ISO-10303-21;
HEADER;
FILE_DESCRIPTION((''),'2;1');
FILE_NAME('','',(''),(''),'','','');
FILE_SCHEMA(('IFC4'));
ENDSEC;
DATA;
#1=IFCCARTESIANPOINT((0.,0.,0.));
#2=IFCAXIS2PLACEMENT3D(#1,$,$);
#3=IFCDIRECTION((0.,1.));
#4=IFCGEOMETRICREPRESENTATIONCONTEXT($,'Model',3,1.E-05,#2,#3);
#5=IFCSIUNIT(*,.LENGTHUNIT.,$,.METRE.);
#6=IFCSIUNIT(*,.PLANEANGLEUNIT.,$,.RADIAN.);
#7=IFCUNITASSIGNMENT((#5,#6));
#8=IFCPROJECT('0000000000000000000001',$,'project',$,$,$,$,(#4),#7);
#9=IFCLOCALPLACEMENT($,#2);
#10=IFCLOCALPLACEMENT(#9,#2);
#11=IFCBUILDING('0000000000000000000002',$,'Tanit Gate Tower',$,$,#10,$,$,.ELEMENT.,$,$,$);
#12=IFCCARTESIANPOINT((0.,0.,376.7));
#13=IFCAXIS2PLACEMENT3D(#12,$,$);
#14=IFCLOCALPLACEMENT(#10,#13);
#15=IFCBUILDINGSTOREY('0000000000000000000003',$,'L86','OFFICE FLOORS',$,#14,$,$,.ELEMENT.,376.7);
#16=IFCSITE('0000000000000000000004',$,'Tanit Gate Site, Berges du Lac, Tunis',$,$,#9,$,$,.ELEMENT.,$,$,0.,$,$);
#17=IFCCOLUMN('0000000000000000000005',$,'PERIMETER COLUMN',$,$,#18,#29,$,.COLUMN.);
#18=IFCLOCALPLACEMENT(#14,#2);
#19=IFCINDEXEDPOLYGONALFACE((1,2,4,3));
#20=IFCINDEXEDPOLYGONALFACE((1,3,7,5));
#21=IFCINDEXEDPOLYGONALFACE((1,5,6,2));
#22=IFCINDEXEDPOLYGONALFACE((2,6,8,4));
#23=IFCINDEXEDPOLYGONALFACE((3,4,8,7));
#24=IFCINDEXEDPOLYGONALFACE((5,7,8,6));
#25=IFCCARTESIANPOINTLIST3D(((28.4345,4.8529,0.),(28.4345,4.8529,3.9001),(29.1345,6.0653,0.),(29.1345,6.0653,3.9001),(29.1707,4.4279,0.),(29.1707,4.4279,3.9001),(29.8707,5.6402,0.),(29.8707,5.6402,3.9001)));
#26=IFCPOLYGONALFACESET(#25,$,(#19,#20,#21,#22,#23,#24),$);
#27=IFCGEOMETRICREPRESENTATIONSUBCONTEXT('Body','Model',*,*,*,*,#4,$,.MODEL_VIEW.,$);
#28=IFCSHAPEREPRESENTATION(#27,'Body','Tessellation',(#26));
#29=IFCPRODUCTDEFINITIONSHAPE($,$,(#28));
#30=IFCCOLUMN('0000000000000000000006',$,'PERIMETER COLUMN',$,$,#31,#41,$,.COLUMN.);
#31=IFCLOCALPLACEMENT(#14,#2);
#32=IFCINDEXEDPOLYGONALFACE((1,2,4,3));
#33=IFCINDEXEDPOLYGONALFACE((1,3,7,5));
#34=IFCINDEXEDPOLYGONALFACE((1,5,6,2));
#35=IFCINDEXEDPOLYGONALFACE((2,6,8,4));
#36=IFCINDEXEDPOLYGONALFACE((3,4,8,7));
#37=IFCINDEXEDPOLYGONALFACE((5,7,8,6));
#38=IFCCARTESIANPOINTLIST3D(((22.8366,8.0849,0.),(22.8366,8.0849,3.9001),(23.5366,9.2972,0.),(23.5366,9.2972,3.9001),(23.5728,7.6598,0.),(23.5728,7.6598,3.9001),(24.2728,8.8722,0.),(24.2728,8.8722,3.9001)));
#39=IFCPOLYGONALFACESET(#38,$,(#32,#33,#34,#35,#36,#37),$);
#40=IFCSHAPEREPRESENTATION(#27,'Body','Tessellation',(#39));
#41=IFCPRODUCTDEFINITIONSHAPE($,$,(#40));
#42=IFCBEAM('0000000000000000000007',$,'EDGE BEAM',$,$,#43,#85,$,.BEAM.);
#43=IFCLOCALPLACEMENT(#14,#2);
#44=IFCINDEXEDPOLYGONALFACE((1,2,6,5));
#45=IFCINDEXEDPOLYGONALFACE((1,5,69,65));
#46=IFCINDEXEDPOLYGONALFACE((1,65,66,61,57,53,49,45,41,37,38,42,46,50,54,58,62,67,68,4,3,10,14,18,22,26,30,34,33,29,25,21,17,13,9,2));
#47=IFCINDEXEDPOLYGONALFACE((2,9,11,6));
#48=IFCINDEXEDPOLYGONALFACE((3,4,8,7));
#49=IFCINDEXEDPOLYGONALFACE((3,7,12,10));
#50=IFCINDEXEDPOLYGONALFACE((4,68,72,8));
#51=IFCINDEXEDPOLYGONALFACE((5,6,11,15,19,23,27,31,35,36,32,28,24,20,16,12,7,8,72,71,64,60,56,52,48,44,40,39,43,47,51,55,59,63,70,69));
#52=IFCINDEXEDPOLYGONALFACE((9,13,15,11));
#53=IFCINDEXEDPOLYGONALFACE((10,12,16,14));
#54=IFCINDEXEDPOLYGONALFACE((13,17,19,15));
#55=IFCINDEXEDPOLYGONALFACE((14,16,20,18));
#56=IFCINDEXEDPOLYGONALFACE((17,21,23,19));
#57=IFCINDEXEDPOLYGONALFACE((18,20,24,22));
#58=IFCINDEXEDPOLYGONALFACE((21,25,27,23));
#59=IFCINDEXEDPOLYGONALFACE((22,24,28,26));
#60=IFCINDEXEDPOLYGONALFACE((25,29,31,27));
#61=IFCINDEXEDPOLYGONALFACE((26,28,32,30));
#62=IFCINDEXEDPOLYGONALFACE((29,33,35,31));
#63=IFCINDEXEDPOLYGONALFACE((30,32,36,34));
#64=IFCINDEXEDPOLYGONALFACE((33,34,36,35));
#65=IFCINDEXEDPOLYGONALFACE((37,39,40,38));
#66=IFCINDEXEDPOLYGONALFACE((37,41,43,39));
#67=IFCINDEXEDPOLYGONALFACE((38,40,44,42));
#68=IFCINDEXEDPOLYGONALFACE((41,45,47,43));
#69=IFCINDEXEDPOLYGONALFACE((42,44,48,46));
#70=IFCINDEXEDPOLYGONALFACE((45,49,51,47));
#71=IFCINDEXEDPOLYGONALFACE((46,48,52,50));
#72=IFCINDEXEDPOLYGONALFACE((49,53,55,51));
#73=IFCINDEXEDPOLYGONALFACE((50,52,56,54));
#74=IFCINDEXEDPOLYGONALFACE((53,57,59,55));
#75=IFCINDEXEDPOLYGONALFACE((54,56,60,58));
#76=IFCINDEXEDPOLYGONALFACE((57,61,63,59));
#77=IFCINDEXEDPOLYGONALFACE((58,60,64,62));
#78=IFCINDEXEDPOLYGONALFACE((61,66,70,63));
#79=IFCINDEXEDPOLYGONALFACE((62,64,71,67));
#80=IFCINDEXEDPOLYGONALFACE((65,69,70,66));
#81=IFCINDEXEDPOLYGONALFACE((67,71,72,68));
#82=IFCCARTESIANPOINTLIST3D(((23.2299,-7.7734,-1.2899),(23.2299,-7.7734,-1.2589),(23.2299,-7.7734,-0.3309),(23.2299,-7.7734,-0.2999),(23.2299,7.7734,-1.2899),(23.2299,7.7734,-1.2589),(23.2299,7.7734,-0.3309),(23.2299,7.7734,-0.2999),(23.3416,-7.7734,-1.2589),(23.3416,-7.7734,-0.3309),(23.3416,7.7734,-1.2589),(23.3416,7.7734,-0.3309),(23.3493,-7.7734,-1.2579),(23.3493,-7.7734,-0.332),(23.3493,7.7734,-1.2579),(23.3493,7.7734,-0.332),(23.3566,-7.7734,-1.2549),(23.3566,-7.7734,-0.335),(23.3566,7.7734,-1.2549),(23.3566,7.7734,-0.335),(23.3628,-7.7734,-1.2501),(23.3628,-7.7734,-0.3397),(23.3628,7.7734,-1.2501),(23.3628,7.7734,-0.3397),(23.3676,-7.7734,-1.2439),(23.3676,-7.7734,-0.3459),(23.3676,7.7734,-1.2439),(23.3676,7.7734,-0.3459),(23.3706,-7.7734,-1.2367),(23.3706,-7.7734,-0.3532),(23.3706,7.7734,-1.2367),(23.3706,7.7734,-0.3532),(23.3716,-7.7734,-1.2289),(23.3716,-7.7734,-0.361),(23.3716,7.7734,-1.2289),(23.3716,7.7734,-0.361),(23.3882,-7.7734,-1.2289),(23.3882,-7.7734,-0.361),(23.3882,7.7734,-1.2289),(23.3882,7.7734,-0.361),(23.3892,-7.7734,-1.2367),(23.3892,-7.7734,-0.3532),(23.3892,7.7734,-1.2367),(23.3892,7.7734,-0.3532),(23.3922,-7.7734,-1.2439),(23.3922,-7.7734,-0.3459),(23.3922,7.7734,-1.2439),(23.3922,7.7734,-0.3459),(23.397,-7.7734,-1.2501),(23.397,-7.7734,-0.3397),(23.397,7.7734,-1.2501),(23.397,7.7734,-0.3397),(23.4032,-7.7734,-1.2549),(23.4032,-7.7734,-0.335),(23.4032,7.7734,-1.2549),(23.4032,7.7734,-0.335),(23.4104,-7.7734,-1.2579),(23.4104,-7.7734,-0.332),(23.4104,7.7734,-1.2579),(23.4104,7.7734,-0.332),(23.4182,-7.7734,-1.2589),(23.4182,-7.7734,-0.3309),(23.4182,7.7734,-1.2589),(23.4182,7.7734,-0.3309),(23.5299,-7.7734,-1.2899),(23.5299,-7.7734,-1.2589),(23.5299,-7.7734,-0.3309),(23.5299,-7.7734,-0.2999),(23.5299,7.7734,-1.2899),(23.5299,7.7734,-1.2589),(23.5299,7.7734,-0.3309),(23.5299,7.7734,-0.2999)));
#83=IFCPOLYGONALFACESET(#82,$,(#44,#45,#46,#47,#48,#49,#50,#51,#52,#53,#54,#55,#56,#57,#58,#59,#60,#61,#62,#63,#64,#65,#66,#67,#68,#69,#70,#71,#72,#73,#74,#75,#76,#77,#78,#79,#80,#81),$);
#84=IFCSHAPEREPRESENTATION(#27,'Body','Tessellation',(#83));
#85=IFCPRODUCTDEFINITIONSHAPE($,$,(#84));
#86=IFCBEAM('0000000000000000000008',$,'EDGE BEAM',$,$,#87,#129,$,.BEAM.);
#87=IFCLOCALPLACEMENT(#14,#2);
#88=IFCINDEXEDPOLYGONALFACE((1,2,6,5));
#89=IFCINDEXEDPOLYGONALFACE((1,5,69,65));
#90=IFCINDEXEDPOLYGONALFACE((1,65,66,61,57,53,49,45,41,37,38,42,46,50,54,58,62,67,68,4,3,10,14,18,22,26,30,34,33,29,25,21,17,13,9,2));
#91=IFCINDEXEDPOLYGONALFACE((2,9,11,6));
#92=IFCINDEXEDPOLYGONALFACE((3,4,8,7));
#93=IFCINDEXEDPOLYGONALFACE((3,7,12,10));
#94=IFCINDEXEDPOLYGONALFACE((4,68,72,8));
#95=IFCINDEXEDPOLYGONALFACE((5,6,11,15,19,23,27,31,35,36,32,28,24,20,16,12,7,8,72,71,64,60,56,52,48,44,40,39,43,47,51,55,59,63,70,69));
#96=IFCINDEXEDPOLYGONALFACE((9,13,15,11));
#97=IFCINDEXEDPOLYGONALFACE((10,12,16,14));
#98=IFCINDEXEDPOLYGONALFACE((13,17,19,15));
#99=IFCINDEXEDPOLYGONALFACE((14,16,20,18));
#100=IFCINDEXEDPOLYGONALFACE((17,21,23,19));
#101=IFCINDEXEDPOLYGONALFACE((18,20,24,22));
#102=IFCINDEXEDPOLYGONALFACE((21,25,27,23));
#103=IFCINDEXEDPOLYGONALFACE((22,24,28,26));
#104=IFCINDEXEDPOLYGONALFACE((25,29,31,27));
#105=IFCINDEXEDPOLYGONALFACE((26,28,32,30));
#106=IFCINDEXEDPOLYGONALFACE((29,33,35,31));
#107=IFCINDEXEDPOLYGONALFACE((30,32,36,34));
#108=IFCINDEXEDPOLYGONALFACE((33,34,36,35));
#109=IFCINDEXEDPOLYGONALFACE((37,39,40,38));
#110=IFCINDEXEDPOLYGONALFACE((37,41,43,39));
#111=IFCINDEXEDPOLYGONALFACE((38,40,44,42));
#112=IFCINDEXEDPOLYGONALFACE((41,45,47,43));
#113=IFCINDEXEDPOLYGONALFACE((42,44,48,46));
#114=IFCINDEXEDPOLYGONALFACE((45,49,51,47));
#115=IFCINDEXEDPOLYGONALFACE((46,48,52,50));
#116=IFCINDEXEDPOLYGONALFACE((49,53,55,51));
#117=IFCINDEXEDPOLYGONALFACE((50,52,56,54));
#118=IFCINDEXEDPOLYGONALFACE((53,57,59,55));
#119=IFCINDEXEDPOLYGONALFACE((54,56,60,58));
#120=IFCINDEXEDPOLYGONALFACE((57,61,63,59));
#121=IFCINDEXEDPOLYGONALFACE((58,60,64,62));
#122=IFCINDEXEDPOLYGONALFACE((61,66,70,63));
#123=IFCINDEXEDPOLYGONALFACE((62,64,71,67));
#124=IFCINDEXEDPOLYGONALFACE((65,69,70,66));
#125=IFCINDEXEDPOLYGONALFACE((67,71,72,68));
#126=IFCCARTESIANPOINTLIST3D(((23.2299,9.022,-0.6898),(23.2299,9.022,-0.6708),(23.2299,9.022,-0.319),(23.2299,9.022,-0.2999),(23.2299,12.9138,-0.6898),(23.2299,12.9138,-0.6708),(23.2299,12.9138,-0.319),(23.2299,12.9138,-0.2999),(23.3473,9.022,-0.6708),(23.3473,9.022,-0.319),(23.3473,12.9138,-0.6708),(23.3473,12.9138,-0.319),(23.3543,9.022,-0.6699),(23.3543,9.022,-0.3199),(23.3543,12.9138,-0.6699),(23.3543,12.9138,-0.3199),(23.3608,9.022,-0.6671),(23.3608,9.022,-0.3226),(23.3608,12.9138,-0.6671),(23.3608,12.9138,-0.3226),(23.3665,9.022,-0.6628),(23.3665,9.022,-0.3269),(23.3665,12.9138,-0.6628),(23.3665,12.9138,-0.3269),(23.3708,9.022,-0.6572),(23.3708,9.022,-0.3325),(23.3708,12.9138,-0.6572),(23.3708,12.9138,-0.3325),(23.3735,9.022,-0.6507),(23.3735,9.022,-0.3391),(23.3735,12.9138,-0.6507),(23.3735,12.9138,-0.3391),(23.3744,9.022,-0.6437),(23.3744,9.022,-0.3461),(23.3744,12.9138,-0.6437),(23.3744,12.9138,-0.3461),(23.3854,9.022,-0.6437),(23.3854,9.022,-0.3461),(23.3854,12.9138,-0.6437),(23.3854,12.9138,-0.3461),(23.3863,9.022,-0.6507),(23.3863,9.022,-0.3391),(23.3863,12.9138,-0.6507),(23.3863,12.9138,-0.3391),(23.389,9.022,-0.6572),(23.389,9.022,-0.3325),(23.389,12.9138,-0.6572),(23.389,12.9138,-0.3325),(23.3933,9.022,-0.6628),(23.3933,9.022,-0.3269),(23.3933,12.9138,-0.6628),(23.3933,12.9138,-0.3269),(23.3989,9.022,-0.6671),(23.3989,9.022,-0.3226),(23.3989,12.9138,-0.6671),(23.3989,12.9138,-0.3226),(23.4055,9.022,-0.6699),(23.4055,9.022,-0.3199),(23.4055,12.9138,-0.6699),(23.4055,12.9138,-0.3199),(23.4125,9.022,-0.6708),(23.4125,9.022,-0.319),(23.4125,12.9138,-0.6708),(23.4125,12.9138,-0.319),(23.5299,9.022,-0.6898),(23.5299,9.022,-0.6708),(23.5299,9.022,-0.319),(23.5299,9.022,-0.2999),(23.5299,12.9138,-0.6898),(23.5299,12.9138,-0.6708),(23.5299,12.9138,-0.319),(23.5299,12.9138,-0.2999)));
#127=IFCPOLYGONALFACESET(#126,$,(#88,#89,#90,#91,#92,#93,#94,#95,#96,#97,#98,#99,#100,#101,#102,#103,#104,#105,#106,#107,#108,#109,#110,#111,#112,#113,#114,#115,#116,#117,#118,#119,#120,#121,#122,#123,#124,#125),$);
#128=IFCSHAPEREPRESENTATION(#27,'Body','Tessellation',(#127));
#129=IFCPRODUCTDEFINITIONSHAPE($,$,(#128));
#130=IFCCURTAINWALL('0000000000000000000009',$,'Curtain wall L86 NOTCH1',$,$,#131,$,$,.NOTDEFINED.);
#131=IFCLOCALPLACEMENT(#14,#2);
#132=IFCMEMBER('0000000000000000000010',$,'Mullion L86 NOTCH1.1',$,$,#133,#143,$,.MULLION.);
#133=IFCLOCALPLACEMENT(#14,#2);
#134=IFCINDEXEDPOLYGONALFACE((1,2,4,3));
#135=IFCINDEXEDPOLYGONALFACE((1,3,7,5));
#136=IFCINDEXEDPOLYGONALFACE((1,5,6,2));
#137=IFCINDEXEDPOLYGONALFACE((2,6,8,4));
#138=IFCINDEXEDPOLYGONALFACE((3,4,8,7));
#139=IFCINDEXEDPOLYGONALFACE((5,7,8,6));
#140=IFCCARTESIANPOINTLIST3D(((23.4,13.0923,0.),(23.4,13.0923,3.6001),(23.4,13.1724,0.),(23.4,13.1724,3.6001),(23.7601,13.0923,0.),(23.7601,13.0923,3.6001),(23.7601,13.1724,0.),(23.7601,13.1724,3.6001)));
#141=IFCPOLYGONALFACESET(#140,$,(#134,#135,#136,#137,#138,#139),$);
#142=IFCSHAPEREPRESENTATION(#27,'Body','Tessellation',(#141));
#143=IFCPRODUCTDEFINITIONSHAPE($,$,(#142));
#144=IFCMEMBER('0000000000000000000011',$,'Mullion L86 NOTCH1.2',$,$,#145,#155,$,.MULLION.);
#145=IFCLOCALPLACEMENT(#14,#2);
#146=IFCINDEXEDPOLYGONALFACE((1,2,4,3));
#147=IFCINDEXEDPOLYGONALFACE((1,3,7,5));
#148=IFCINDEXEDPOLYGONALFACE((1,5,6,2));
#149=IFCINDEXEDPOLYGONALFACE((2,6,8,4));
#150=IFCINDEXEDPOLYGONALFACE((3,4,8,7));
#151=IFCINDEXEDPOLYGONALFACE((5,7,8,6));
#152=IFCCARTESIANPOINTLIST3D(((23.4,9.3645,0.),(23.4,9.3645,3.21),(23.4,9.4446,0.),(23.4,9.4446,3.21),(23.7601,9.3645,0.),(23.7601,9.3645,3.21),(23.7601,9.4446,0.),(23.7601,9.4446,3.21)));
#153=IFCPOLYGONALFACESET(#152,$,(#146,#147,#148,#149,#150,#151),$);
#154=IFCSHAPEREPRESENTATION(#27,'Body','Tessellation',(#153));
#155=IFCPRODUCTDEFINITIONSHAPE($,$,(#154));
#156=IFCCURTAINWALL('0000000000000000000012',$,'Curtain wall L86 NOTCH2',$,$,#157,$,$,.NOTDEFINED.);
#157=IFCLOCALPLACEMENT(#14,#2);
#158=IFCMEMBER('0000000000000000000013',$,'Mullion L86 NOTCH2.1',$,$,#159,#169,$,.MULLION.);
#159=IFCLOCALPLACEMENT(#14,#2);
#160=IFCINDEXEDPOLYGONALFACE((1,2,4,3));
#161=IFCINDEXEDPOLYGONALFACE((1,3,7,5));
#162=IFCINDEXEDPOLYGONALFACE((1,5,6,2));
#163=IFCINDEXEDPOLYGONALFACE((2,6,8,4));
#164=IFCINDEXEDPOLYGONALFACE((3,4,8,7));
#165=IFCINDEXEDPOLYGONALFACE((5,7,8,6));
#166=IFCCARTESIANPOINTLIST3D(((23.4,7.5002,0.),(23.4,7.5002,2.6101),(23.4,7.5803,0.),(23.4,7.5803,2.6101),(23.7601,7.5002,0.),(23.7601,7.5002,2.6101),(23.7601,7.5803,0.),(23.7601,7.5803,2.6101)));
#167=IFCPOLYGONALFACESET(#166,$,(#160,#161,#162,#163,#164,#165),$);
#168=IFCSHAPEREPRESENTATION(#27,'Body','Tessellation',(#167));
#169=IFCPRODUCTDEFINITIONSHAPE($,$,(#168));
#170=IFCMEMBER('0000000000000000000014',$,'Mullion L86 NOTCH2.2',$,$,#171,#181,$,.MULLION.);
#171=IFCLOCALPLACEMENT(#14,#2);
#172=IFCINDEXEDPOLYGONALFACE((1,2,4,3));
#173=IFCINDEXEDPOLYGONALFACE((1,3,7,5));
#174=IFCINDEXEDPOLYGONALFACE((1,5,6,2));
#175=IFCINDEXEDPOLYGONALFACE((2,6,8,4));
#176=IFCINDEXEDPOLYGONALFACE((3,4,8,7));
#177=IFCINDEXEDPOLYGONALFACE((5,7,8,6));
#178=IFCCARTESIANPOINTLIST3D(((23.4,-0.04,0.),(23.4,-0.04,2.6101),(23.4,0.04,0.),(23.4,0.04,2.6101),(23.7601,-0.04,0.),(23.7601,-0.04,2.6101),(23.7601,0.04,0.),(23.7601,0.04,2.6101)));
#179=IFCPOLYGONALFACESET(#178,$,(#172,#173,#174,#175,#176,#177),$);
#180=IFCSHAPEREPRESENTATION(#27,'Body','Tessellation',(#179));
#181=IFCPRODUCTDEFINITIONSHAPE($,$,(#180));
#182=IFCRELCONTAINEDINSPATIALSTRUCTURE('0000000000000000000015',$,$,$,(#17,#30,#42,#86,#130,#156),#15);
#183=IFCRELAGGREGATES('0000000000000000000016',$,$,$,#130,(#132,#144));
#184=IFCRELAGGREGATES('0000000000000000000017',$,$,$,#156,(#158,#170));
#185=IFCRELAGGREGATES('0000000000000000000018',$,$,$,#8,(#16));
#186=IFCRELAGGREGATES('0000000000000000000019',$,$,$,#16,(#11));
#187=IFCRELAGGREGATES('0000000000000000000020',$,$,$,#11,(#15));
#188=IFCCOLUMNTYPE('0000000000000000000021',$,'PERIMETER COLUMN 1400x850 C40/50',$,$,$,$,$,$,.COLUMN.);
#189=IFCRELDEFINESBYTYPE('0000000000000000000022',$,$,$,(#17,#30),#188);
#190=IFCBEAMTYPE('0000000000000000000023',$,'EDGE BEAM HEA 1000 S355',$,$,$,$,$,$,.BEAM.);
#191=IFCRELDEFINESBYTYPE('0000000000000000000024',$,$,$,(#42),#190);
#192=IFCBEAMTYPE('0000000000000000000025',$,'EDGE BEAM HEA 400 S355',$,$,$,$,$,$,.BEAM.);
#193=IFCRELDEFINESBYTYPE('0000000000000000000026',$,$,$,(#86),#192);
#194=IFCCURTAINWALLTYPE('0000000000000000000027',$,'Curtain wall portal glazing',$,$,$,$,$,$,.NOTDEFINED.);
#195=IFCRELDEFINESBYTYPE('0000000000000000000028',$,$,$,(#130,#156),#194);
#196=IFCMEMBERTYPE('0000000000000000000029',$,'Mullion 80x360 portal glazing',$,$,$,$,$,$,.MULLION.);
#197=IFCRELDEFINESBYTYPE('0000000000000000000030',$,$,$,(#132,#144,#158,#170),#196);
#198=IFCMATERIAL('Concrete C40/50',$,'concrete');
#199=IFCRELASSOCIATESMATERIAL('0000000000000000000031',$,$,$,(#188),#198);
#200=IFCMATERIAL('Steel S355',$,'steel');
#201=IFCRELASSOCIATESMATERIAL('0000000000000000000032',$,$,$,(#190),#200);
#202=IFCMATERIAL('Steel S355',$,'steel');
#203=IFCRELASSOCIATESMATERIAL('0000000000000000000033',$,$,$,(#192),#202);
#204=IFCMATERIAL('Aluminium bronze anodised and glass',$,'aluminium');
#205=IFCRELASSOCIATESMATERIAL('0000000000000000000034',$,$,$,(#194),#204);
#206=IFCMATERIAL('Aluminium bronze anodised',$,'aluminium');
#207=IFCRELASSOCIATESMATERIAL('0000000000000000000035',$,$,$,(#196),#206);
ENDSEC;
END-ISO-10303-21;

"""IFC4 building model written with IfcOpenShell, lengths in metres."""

from ifc_helpers import new_model, si_unit, direction, frame, origin, origin_2d, place, context, subcontext, project, spatial, rectangle, i_section, extrude, material, material_profile, profile_set, type_object, element, aggregate, save


model = new_model("IFC4")

# Units and contexts
model_context = context("Model", 3, precision=1e-05, world=origin(), true_north=direction((0.0, 1.0)))
body_context = subcontext(model_context, "Body", "Model", "MODEL_VIEW")
ifc_project = project(units=[si_unit("LENGTHUNIT", "METRE"), si_unit("PLANEANGLEUNIT", "RADIAN")], contexts=[model_context])

# Site, building, storey
site_placement = place(None, origin())
site = spatial("IfcSite", under=ifc_project, at=site_placement, Name="Tanit Gate Site, Berges du Lac, Tunis", CompositionType="ELEMENT", RefElevation=0.0)
building_placement = place(site_placement, origin())
building = spatial("IfcBuilding", under=site, at=building_placement, Name="Tanit Gate Tower", CompositionType="ELEMENT")
storey_placement = place(building_placement, frame((0.0, 0.0, 376.7)))
storey = spatial("IfcBuildingStorey", under=building, at=storey_placement, Name="L86", Description="OFFICE FLOORS", CompositionType="ELEMENT", Elevation=376.7)

# Columns
ifc_material_1 = material(Name="Concrete C40/50", Category="concrete")
ifc_material_profile_1 = material_profile(ifc_material_1, rectangle(XDim=1.3999, YDim=0.8501, at=origin_2d()), Name="RC 1400x850")
ifc_profile_set_1 = profile_set([ifc_material_profile_1], Name="Concrete C40/50")
column_type = type_object("IfcColumnType", Name="PERIMETER COLUMN 1400x850 C40/50", PredefinedType="COLUMN", material=ifc_profile_set_1)
for number, where, z_axis, x_axis, name in (
    (1, (29.1526, 5.2466, 0.0), (0.0, 0.0, 1.0), (0.5, 0.866025, 0.0), "PERIMETER COLUMN"),
    (2, (23.5547, 8.4785, 0.0), (0.0, 0.0, 1.0), (0.5, 0.866025, 0.0), "PERIMETER COLUMN"),
):
    element("IfcColumn", number, at=place(storey_placement, frame(where, z_axis=z_axis, x_axis=x_axis)), inside=storey, type_object=column_type, Name=name, PredefinedType="COLUMN", context=body_context, shape_type="SweptSolid", body=[
        extrude(rectangle(XDim=1.3999, YDim=0.8501, at=origin_2d()), origin(), (0.0, 0.0, 1.0), 3.9001),
    ])

# Beams
ifc_material_2 = material(Name="Steel S355", Category="steel")
ifc_material_profile_2 = material_profile(ifc_material_2, i_section(OverallWidth=0.3, OverallDepth=0.99, WebThickness=0.0166, FlangeThickness=0.031, FilletRadius=0.03, at=origin_2d()), Name="HEA 1000")
ifc_profile_set_2 = profile_set([ifc_material_profile_2], Name="Steel S355")
beam_type_1 = type_object("IfcBeamType", Name="EDGE BEAM HEA 1000 S355", PredefinedType="BEAM", material=ifc_profile_set_2)
beam_1_placement = place(storey_placement, frame((23.3799, 7.7734, -0.7949), z_axis=(0.0, -1.0, 0.0), x_axis=(1.0, 0.0, 0.0)))
element("IfcBeam", 3, at=beam_1_placement, inside=storey, type_object=beam_type_1, Name="EDGE BEAM", PredefinedType="BEAM", context=body_context, shape_type="SweptSolid", body=[
    extrude(i_section(OverallWidth=0.3, OverallDepth=0.99, WebThickness=0.0166, FlangeThickness=0.031, FilletRadius=0.03, at=origin_2d()), origin(), (0.0, 0.0, 1.0), 15.5469),
])
ifc_material_3 = material(Name="Steel S355", Category="steel")
ifc_material_profile_3 = material_profile(ifc_material_3, i_section(OverallWidth=0.3, OverallDepth=0.3899, WebThickness=0.011, FlangeThickness=0.019, FilletRadius=0.0271, at=origin_2d()), Name="HEA 400")
ifc_profile_set_3 = profile_set([ifc_material_profile_3], Name="Steel S355")
beam_type_2 = type_object("IfcBeamType", Name="EDGE BEAM HEA 400 S355", PredefinedType="BEAM", material=ifc_profile_set_3)
beam_2_placement = place(storey_placement, frame((23.3799, 12.9138, -0.4949), z_axis=(0.0, -1.0, 0.0), x_axis=(1.0, 0.0, 0.0)))
element("IfcBeam", 4, at=beam_2_placement, inside=storey, type_object=beam_type_2, Name="EDGE BEAM", PredefinedType="BEAM", context=body_context, shape_type="SweptSolid", body=[
    extrude(i_section(OverallWidth=0.3, OverallDepth=0.3899, WebThickness=0.011, FlangeThickness=0.019, FilletRadius=0.0271, at=origin_2d()), origin(), (0.0, 0.0, 1.0), 3.8918),
])

# Curtain walls, members
ifc_material_4 = material(Name="Aluminium bronze anodised and glass", Category="aluminium")
curtain_wall_type_1 = type_object("IfcCurtainWallType", Name="Curtain wall portal glazing", PredefinedType="NOTDEFINED", material=ifc_material_4)
curtain_wall_1_placement = place(storey_placement, origin())
curtain_wall_1 = element("IfcCurtainWall", 5, at=curtain_wall_1_placement, inside=storey, type_object=curtain_wall_type_1, Name="Curtain wall L86 NOTCH1", PredefinedType="NOTDEFINED")
ifc_material_5 = material(Name="Aluminium bronze anodised", Category="aluminium")
ifc_material_profile_4 = material_profile(ifc_material_5, rectangle(XDim=0.3601, YDim=0.0801, at=origin_2d()), Name="80x360 bronze mullion")
ifc_profile_set_4 = profile_set([ifc_material_profile_4], Name="Aluminium bronze anodised")
member_type_1 = type_object("IfcMemberType", Name="Mullion 80x360 portal glazing", PredefinedType="MULLION", material=ifc_profile_set_4)
member_1_placement = place(storey_placement, frame((23.5801, 13.1323, 0.0), z_axis=(0.0, 0.0, 1.0), x_axis=(1.0, 0.0, 0.0)))
member_1 = element("IfcMember", 6, at=member_1_placement, type_object=member_type_1, Name="Mullion L86 NOTCH1.1", PredefinedType="MULLION", context=body_context, shape_type="SweptSolid", body=[
    extrude(rectangle(XDim=0.3601, YDim=0.0801, at=origin_2d()), origin(), (0.0, 0.0, 1.0), 3.6001),
])
member_2_placement = place(storey_placement, frame((23.5801, 9.4045, 0.0), z_axis=(0.0, 0.0, 1.0), x_axis=(1.0, 0.0, 0.0)))
member_2 = element("IfcMember", 7, at=member_2_placement, type_object=member_type_1, Name="Mullion L86 NOTCH1.2", PredefinedType="MULLION", context=body_context, shape_type="SweptSolid", body=[
    extrude(rectangle(XDim=0.3601, YDim=0.0801, at=origin_2d()), origin(), (0.0, 0.0, 1.0), 3.21),
])
curtain_wall_2_placement = place(storey_placement, origin())
curtain_wall_2 = element("IfcCurtainWall", 8, at=curtain_wall_2_placement, inside=storey, type_object=curtain_wall_type_1, Name="Curtain wall L86 NOTCH2", PredefinedType="NOTDEFINED")
member_3_placement = place(storey_placement, frame((23.5801, 7.5403, 0.0), z_axis=(0.0, 0.0, 1.0), x_axis=(1.0, 0.0, 0.0)))
member_3 = element("IfcMember", 9, at=member_3_placement, type_object=member_type_1, Name="Mullion L86 NOTCH2.1", PredefinedType="MULLION", context=body_context, shape_type="SweptSolid", body=[
    extrude(rectangle(XDim=0.3601, YDim=0.0801, at=origin_2d()), origin(), (0.0, 0.0, 1.0), 2.6101),
])
member_4_placement = place(storey_placement, frame((23.5801, 0.0, 0.0), z_axis=(0.0, 0.0, 1.0), x_axis=(1.0, 0.0, 0.0)))
member_4 = element("IfcMember", 10, at=member_4_placement, type_object=member_type_1, Name="Mullion L86 NOTCH2.2", PredefinedType="MULLION", context=body_context, shape_type="SweptSolid", body=[
    extrude(rectangle(XDim=0.3601, YDim=0.0801, at=origin_2d()), origin(), (0.0, 0.0, 1.0), 2.6101),
])

aggregate(curtain_wall_1, [member_1, member_2])
aggregate(curtain_wall_2, [member_3, member_4])

save(model, "model.ifc")
